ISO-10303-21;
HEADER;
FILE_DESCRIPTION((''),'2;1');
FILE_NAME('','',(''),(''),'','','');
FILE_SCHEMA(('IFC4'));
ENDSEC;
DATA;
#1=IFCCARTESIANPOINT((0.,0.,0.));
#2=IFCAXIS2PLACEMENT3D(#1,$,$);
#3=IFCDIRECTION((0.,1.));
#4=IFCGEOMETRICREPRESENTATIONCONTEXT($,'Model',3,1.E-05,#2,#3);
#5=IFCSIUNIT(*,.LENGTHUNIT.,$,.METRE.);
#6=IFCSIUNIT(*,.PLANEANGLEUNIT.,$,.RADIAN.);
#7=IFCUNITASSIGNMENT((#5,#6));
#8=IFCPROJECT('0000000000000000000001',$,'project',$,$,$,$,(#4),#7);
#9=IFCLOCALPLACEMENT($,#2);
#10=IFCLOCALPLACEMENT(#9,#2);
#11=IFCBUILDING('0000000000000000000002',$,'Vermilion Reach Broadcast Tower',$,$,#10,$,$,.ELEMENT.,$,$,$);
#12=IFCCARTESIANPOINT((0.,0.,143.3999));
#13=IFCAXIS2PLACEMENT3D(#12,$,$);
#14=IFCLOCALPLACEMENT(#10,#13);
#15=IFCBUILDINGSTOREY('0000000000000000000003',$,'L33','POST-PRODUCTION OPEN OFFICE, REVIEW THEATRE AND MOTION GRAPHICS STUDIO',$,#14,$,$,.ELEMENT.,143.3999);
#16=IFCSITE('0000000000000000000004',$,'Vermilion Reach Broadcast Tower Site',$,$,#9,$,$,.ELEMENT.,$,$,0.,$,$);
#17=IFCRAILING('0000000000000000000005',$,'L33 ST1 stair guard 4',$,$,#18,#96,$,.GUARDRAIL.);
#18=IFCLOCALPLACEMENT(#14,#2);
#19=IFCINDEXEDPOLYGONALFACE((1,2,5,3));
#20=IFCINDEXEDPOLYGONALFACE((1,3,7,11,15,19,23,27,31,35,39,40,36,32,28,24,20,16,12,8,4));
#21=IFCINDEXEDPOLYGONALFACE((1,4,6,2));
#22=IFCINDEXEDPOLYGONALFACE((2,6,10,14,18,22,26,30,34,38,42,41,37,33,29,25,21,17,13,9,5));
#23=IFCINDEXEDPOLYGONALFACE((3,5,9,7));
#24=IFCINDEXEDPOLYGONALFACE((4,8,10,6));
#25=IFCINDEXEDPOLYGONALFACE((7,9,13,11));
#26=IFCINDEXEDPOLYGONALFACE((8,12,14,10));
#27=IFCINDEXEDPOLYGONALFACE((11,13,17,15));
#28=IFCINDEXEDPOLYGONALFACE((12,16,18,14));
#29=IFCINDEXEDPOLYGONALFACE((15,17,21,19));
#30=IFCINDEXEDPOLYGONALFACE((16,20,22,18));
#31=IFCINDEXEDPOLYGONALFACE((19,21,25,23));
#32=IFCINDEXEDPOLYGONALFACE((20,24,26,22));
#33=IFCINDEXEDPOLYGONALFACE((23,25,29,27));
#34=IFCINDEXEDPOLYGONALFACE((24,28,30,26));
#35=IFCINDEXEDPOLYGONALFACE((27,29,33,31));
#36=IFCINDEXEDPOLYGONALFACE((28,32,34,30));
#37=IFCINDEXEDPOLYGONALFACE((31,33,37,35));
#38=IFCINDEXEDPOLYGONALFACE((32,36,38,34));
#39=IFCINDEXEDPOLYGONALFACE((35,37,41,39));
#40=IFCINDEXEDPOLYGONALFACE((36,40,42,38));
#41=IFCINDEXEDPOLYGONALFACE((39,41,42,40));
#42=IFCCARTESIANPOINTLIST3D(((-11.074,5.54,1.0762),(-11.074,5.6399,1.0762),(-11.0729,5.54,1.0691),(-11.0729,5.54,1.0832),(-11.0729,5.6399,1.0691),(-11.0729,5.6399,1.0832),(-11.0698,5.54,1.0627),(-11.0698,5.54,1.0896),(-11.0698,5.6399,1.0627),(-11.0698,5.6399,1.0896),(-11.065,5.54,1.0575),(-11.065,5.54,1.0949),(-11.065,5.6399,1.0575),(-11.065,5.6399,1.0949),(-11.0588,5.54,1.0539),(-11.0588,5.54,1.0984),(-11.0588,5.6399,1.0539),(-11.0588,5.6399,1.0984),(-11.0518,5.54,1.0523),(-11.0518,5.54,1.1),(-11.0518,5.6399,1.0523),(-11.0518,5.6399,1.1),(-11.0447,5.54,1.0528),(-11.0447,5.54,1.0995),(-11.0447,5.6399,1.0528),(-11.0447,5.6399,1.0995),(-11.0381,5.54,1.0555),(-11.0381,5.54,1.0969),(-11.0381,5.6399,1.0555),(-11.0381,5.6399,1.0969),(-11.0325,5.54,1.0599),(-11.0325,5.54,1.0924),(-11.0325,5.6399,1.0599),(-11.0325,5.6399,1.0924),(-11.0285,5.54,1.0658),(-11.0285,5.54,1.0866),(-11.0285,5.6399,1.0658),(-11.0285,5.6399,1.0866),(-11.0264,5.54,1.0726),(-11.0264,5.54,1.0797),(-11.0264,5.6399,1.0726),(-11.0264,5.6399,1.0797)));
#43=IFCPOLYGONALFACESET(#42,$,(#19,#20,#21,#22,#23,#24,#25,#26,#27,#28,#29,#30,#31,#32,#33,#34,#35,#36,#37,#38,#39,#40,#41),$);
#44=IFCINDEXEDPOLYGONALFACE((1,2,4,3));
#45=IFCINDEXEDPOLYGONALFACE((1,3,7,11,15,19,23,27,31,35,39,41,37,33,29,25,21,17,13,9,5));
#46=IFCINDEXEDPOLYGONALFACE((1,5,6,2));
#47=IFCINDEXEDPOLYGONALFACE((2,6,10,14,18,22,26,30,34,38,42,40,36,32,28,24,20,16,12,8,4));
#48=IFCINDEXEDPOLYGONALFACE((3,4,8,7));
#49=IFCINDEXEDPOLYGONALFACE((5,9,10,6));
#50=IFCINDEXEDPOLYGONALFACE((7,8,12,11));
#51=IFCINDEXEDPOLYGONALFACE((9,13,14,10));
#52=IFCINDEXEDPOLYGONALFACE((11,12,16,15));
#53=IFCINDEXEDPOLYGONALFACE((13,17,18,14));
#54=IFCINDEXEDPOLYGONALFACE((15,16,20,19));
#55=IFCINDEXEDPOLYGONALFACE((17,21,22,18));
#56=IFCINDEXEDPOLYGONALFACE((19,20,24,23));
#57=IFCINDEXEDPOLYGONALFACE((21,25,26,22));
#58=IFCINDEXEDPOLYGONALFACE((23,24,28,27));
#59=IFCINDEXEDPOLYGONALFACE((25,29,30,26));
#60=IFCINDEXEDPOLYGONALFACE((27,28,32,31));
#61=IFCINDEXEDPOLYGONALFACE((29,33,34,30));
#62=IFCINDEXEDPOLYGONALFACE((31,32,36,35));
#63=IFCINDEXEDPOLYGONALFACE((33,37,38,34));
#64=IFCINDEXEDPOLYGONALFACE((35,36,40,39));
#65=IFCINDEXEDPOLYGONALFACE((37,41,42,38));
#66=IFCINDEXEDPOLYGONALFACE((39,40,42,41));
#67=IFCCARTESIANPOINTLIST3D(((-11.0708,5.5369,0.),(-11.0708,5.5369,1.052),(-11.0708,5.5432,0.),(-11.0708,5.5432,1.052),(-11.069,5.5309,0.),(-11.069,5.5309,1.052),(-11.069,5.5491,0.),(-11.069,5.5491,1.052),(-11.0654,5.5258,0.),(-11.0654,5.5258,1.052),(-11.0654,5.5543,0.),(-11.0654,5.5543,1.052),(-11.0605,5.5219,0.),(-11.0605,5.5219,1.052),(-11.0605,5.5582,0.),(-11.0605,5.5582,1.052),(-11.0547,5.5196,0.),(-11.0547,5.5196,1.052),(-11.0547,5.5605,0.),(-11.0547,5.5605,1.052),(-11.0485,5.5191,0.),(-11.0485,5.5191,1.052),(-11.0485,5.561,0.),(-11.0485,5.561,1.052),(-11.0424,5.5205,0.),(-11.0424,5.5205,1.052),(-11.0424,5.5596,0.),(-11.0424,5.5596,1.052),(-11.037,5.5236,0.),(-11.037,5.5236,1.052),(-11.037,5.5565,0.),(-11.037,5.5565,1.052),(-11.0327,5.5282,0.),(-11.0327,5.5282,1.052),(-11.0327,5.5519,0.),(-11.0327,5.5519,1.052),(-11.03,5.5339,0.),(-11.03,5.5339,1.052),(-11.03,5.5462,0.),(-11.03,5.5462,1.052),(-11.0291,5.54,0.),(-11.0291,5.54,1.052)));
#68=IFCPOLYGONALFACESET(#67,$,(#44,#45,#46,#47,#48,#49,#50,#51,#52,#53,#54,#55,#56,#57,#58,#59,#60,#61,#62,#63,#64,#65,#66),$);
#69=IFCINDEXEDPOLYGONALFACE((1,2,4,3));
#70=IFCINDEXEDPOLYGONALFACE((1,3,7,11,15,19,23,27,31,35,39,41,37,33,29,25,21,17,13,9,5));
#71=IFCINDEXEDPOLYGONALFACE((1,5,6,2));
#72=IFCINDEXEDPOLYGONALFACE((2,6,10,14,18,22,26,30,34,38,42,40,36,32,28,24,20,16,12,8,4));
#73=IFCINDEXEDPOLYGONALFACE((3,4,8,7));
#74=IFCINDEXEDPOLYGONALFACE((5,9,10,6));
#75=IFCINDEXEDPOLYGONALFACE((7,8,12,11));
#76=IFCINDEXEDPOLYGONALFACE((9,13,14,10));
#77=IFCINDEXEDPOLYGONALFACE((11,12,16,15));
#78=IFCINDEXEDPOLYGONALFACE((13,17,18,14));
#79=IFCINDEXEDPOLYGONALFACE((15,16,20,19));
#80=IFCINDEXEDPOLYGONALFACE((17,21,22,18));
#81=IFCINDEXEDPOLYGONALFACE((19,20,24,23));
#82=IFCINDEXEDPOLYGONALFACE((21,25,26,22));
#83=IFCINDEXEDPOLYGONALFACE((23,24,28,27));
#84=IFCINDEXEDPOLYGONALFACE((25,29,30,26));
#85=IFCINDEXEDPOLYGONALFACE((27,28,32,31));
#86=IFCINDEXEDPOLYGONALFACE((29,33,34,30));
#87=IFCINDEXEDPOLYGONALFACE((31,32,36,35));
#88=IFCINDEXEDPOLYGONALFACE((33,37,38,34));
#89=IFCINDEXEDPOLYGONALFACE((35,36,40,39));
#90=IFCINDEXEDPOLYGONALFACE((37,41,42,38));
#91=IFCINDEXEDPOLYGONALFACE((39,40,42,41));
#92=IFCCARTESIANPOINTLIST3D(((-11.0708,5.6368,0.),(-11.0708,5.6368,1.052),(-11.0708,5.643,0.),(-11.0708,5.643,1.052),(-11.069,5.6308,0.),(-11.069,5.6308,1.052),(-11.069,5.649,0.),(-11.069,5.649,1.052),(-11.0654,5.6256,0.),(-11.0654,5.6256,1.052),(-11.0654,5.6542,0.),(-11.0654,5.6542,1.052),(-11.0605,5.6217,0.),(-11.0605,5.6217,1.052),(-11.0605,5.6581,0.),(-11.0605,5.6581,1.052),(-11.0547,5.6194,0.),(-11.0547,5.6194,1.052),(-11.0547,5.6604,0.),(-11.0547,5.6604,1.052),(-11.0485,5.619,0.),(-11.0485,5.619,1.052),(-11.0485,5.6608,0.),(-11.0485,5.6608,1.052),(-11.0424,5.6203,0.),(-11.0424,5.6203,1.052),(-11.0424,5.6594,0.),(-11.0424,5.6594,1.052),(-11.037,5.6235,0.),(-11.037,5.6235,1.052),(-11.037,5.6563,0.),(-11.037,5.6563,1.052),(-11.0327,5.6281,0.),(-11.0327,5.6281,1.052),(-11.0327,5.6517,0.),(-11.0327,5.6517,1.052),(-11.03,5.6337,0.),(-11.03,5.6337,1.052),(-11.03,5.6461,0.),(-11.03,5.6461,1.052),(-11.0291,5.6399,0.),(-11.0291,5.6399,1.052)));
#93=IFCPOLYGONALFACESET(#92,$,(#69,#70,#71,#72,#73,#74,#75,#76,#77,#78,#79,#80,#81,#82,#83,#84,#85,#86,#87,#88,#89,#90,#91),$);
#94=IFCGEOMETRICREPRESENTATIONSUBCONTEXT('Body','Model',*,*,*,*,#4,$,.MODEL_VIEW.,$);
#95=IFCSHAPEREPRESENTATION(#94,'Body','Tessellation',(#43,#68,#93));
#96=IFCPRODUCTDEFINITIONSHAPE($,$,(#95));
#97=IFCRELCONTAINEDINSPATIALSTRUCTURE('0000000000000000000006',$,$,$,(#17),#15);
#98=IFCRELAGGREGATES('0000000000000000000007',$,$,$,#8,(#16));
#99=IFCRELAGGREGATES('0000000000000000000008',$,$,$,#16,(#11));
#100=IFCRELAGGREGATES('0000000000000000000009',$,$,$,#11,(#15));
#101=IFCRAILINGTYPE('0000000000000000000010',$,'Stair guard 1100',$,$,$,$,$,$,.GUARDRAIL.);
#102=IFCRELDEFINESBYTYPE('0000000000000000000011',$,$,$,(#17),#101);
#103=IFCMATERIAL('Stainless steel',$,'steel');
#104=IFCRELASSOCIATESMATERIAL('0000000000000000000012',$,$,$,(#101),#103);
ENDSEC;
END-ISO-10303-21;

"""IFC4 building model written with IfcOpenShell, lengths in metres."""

from ifc_helpers import new_model, si_unit, direction, frame, origin, origin_2d, place, context, subcontext, project, spatial, circle, extrude, material, type_object, element, save


model = new_model("IFC4")

# Units and contexts
model_context = context("Model", 3, precision=1e-05, world=origin(), true_north=direction((0.0, 1.0)))
body_context = subcontext(model_context, "Body", "Model", "MODEL_VIEW")
ifc_project = project(units=[si_unit("LENGTHUNIT", "METRE"), si_unit("PLANEANGLEUNIT", "RADIAN")], contexts=[model_context])

# Site, building, storey
site_placement = place(None, origin())
site = spatial("IfcSite", under=ifc_project, at=site_placement, Name="Vermilion Reach Broadcast Tower Site", CompositionType="ELEMENT", RefElevation=0.0)
building_placement = place(site_placement, origin())
building = spatial("IfcBuilding", under=site, at=building_placement, Name="Vermilion Reach Broadcast Tower", CompositionType="ELEMENT")
storey_placement = place(building_placement, frame((0.0, 0.0, 143.3999)))
storey = spatial("IfcBuildingStorey", under=building, at=storey_placement, Name="L33", Description="POST-PRODUCTION OPEN OFFICE, REVIEW THEATRE AND MOTION GRAPHICS STUDIO", CompositionType="ELEMENT", Elevation=143.3999)

# Railing
ifc_material_1 = material(Name="Stainless steel", Category="steel")
railing_type_1 = type_object("IfcRailingType", Name="Stair guard 1100", PredefinedType="GUARDRAIL", material=ifc_material_1)
railing_1_placement = place(storey_placement, frame((-11.05, 5.54, 0.0)))
element("IfcRailing", 1, at=railing_1_placement, inside=storey, type_object=railing_type_1, Name="L33 ST1 stair guard 4", PredefinedType="GUARDRAIL", context=body_context, shape_type="SweptSolid", body=[
    extrude(circle(Radius=0.0239, at=origin_2d()), frame((0.0, 0.0, 1.0762), z_axis=(0.0, 1.0, 0.0), x_axis=(-1.0, 0.0, 0.0)), (0.0, 0.0, 1.0), 0.0999),
    extrude(circle(Radius=0.021, at=origin_2d()), origin(), (0.0, 0.0, 1.0), 1.052),
    extrude(circle(Radius=0.021, at=origin_2d()), frame((0.0, 0.0999, 0.0)), (0.0, 0.0, 1.0), 1.052),
])

save(model, "model.ifc")
